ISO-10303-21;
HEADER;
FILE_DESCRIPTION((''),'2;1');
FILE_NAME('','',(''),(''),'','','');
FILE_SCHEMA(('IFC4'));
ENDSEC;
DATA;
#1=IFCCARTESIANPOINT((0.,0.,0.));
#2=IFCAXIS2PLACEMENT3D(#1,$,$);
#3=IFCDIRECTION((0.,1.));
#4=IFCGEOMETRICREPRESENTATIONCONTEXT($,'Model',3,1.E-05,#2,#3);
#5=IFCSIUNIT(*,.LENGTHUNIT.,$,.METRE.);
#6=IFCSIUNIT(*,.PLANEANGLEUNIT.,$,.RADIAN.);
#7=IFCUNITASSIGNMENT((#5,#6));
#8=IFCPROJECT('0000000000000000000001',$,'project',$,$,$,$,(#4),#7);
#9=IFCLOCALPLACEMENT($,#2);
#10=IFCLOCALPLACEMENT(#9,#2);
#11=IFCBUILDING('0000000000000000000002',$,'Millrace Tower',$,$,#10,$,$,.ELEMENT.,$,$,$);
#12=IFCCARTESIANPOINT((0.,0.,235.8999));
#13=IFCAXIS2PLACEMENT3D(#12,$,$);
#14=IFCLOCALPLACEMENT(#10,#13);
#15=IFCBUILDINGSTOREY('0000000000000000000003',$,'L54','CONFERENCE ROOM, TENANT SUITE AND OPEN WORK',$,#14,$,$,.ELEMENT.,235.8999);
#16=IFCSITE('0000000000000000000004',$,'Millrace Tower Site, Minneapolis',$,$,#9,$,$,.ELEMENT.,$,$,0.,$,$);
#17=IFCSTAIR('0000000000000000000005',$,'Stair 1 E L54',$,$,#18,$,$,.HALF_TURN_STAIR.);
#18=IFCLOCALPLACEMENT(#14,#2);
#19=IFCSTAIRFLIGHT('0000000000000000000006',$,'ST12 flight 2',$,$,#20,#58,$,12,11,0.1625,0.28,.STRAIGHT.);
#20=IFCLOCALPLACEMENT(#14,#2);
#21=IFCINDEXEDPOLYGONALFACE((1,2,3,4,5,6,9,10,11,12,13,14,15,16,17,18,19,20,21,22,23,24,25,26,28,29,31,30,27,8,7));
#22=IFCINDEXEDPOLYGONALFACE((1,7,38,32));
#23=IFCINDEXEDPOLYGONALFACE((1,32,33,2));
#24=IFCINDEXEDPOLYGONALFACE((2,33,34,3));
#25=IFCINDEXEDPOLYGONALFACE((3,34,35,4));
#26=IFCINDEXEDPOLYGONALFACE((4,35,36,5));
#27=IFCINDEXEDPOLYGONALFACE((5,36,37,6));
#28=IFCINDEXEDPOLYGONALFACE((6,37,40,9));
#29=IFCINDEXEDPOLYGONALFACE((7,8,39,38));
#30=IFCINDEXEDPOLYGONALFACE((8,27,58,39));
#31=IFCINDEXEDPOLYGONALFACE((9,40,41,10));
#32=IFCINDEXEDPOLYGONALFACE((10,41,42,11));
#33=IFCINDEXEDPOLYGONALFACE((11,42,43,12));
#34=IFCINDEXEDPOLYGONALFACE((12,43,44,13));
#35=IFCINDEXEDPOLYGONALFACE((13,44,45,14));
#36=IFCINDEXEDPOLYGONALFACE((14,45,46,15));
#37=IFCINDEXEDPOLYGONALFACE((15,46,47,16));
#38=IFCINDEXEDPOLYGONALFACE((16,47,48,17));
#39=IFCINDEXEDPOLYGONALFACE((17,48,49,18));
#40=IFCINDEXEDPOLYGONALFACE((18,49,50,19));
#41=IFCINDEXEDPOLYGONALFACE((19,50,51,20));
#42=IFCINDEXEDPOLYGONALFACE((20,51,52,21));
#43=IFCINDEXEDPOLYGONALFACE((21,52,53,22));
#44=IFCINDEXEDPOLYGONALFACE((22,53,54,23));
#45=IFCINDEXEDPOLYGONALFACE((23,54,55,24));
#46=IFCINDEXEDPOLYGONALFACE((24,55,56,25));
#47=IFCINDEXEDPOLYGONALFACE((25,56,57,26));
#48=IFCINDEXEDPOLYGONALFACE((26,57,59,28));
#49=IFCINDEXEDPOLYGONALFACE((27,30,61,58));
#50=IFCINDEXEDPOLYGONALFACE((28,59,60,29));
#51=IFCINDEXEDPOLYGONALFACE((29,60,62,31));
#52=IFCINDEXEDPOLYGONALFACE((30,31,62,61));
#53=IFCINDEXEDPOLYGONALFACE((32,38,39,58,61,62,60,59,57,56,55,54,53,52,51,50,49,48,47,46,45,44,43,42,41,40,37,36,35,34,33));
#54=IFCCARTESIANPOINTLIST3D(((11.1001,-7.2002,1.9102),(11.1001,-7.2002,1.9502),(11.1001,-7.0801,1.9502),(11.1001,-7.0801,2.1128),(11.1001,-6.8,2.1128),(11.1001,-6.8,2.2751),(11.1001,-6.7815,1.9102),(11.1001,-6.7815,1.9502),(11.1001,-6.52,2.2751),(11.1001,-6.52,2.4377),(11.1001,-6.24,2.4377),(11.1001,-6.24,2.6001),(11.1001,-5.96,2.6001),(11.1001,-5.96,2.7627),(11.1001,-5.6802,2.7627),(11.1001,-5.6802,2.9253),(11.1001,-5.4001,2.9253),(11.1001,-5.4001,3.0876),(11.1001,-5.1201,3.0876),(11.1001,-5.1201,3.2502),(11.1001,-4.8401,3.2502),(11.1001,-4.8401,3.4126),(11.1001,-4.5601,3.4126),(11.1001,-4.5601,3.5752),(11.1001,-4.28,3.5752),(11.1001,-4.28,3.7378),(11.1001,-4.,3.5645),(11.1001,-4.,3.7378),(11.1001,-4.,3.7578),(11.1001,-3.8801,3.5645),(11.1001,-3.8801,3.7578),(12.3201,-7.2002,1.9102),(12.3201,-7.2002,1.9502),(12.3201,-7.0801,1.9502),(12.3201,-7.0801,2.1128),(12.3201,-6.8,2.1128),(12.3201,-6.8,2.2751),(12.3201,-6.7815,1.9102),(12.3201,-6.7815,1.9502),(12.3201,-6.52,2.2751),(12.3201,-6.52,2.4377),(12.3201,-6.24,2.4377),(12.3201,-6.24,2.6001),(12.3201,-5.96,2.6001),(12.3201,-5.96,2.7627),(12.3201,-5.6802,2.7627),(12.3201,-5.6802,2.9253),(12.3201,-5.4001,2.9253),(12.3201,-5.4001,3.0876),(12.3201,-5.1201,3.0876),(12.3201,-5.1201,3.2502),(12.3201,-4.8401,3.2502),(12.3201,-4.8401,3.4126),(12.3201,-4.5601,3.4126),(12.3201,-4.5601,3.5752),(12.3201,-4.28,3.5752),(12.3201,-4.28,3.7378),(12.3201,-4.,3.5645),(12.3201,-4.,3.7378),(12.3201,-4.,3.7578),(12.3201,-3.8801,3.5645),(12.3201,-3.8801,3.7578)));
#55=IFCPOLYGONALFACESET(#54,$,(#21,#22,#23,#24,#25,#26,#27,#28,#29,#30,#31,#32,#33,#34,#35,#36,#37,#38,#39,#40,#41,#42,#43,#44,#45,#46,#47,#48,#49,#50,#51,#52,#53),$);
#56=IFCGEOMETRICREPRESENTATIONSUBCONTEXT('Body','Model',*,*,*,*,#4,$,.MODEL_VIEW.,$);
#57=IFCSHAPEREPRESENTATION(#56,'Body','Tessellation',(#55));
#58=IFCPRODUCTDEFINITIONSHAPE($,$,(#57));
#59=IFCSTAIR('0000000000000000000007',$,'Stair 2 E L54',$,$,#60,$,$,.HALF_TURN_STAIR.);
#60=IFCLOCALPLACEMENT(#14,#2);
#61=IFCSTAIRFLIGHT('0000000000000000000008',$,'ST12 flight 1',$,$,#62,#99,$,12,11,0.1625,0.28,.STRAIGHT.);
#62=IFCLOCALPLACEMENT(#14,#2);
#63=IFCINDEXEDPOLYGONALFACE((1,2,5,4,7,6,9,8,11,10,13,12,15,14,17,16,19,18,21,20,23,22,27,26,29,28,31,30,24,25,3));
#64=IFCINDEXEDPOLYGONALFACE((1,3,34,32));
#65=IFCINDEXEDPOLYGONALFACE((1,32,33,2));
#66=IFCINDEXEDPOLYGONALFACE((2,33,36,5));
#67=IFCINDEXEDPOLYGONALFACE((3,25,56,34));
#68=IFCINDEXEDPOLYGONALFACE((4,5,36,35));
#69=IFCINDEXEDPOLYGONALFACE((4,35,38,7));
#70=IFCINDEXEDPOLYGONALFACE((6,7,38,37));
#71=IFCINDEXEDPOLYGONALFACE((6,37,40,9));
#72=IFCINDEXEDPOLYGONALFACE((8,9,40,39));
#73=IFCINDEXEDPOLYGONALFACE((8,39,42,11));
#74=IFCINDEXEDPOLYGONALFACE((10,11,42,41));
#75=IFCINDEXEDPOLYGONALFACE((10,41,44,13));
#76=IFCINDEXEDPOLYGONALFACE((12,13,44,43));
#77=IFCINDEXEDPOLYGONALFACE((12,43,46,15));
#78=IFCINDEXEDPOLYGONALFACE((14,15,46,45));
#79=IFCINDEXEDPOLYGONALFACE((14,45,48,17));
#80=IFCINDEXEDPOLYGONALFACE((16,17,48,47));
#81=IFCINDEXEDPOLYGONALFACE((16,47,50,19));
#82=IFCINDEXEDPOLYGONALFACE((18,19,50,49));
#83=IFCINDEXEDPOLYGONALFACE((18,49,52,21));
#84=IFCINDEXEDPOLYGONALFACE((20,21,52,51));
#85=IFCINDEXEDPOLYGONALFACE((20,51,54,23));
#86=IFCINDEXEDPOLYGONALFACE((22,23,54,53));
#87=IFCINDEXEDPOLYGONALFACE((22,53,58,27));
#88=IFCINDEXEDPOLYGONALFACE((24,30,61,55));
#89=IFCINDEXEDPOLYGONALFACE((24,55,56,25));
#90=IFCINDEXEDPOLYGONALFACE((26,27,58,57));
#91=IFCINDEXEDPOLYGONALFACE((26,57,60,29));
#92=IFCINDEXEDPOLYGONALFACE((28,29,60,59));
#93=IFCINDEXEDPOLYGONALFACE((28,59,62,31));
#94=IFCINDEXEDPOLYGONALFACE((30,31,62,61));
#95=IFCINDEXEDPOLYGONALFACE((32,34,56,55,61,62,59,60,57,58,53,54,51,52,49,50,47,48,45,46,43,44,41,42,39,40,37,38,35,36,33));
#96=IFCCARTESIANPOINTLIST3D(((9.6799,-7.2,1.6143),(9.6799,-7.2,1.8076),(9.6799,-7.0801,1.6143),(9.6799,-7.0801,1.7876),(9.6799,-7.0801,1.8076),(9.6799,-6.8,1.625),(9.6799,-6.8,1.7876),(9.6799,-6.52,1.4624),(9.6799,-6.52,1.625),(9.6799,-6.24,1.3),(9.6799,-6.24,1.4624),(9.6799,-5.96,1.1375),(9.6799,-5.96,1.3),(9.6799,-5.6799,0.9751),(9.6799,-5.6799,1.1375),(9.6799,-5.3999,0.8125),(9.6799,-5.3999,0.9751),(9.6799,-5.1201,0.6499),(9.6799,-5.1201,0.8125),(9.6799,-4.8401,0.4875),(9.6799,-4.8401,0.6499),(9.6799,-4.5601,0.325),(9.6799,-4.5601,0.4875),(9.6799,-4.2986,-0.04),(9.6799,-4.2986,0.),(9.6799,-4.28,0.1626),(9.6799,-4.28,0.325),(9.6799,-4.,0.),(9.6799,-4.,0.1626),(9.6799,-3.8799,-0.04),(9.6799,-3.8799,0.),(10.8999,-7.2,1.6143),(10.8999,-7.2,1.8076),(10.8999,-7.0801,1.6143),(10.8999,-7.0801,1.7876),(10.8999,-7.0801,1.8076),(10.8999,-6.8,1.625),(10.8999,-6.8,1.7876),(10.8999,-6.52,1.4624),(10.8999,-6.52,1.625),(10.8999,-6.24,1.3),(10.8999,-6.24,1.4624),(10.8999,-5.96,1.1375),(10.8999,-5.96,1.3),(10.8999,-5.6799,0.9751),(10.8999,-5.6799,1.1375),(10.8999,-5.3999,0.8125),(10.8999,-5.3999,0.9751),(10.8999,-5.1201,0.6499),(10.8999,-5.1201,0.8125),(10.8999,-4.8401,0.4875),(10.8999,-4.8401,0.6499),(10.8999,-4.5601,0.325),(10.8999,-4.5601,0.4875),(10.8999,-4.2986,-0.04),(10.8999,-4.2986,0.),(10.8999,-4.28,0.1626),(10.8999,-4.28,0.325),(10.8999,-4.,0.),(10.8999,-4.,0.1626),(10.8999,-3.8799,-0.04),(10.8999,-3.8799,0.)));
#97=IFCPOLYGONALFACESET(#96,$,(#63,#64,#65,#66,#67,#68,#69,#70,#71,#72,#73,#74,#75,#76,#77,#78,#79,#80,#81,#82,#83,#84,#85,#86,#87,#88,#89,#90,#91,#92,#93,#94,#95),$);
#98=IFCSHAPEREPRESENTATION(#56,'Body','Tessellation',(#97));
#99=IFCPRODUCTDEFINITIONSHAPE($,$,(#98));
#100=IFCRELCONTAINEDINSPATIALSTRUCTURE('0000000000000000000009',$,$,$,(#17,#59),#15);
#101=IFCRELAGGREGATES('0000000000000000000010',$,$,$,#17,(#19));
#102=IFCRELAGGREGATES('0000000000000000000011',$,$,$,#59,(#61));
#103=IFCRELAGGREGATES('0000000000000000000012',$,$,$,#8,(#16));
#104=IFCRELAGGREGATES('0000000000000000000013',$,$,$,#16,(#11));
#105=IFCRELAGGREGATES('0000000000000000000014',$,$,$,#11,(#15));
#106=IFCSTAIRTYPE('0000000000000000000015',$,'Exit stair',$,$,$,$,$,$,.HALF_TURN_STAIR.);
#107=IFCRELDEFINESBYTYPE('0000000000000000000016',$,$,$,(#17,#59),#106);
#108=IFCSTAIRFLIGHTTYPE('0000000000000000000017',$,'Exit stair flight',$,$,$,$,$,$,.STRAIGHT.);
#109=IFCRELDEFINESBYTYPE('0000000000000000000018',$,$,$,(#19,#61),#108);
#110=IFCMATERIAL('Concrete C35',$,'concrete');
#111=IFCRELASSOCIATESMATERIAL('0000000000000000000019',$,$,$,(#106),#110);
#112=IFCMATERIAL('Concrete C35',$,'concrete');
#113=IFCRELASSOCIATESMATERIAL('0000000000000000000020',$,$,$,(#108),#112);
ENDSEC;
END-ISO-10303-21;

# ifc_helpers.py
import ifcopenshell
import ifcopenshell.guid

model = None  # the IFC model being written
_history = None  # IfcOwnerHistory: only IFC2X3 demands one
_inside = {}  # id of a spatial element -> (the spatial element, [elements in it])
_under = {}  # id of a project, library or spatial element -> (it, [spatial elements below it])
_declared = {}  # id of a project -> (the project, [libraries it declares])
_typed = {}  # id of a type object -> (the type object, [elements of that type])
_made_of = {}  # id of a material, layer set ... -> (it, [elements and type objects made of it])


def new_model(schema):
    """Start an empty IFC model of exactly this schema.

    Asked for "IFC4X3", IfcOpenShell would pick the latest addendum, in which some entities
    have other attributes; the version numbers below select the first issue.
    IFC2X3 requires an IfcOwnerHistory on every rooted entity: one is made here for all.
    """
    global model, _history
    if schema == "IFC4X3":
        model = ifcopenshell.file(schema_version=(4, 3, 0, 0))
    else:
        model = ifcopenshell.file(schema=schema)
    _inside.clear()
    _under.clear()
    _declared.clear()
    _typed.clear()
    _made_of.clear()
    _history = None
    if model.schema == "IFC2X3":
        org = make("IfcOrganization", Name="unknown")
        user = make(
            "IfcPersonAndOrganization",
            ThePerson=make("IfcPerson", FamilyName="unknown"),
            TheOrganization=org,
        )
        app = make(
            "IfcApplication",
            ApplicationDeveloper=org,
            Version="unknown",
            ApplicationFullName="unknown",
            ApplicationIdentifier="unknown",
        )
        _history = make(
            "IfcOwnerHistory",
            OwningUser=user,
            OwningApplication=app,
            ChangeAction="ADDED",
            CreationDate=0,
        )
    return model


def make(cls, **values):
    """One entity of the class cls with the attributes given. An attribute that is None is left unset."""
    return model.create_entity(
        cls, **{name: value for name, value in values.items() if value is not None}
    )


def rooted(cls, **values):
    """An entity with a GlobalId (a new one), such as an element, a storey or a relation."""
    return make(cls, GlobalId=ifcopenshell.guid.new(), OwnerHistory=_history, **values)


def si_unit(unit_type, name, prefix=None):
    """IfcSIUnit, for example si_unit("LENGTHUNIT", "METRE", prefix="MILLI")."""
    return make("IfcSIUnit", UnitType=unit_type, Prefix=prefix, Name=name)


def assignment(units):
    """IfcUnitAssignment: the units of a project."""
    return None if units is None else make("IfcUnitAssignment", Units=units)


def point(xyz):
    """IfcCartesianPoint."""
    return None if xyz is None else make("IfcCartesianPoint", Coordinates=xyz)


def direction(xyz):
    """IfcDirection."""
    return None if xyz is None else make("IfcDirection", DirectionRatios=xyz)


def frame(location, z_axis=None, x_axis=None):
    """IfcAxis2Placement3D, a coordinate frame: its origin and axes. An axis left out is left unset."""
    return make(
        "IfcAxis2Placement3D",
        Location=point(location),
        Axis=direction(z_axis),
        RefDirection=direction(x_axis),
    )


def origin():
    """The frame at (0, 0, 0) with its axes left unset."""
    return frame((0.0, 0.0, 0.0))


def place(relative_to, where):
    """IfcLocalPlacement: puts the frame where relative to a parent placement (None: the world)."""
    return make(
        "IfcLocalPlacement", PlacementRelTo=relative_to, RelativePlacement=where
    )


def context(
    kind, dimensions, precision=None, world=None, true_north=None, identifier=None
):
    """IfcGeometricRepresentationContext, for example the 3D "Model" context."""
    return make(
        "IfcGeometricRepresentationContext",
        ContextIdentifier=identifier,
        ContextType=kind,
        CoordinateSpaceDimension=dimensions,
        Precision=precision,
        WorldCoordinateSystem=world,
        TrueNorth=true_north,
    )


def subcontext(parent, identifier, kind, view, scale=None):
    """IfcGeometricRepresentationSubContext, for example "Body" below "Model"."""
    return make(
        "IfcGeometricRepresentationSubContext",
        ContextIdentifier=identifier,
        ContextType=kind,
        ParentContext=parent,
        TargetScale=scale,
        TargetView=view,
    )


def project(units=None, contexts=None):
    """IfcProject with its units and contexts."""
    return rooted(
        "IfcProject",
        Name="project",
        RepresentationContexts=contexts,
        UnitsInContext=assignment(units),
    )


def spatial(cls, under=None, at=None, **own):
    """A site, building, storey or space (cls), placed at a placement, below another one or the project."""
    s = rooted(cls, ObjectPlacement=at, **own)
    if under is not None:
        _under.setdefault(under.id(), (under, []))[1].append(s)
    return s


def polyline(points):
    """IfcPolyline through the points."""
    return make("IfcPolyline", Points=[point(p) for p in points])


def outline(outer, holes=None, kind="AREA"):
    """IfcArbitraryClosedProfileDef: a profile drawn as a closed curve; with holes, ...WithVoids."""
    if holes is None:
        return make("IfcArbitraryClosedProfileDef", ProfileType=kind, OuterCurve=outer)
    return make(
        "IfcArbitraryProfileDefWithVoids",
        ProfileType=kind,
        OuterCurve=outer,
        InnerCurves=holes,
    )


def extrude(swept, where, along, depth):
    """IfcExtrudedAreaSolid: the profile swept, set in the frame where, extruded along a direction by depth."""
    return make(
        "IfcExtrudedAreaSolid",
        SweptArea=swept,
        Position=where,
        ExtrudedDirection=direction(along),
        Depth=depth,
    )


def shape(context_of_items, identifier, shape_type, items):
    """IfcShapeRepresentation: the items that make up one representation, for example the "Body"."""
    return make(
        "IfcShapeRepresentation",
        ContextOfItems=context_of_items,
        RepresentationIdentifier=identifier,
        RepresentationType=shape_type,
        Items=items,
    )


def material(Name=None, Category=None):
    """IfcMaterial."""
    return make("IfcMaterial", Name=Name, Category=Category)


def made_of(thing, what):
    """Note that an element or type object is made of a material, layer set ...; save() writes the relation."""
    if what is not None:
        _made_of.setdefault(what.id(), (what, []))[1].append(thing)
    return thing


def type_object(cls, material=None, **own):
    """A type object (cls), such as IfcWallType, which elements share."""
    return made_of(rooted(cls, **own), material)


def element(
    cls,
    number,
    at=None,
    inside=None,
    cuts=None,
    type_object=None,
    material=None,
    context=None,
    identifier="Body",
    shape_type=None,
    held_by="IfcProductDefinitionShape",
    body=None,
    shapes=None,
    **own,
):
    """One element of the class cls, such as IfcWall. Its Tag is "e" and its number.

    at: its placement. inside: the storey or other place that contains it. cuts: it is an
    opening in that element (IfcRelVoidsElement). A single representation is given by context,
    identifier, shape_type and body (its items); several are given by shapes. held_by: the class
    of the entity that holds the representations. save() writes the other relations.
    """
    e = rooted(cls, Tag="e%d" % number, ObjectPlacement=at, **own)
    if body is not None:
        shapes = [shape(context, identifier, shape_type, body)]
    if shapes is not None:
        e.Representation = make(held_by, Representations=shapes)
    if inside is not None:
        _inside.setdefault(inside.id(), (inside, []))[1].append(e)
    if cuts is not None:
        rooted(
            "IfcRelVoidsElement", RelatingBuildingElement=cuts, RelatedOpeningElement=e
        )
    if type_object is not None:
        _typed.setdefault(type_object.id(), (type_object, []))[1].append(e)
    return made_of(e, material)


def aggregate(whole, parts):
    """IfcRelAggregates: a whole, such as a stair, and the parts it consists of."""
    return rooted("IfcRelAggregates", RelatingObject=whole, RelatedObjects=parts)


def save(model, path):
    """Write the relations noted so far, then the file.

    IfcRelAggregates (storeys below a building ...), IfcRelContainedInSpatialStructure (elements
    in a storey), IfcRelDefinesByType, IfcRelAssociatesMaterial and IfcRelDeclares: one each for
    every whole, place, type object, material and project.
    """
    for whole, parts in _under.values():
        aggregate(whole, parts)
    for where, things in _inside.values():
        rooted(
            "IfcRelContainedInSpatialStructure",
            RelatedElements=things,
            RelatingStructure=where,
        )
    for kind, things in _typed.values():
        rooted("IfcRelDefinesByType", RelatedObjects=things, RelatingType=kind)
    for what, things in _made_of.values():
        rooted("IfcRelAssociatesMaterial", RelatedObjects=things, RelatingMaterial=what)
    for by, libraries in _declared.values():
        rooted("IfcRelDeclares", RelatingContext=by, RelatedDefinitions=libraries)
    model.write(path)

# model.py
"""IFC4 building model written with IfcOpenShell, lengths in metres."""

from ifc_helpers import new_model, si_unit, direction, frame, origin, place, context, subcontext, project, spatial, polyline, outline, extrude, material, type_object, element, aggregate, save


model = new_model("IFC4")

# Units and contexts
model_context = context("Model", 3, precision=1e-05, world=origin(), true_north=direction((0.0, 1.0)))
body_context = subcontext(model_context, "Body", "Model", "MODEL_VIEW")
ifc_project = project(units=[si_unit("LENGTHUNIT", "METRE"), si_unit("PLANEANGLEUNIT", "RADIAN")], contexts=[model_context])

# Site, building, storey
site_placement = place(None, origin())
site = spatial("IfcSite", under=ifc_project, at=site_placement, Name="Millrace Tower Site, Minneapolis", CompositionType="ELEMENT", RefElevation=0.0)
building_placement = place(site_placement, origin())
building = spatial("IfcBuilding", under=site, at=building_placement, Name="Millrace Tower", CompositionType="ELEMENT")
storey_placement = place(building_placement, frame((0.0, 0.0, 235.8999)))
storey = spatial("IfcBuildingStorey", under=building, at=storey_placement, Name="L54", Description="CONFERENCE ROOM, TENANT SUITE AND OPEN WORK", CompositionType="ELEMENT", Elevation=235.8999)

# Shared definitions
placement = place(storey_placement, origin())

# Stair, stair flight
ifc_material_1 = material(Name="Concrete C35", Category="concrete")
stair_type = type_object("IfcStairType", Name="Exit stair", PredefinedType="HALF_TURN_STAIR", material=ifc_material_1)
stair_1 = element("IfcStair", 1, at=placement, inside=storey, type_object=stair_type, Name="Stair 1 E L54", PredefinedType="HALF_TURN_STAIR")
ifc_material_2 = material(Name="Concrete C35", Category="concrete")
stair_flight_type = type_object("IfcStairFlightType", Name="Exit stair flight", PredefinedType="STRAIGHT", material=ifc_material_2)
stair_flight_1_placement = place(storey_placement, frame((11.71, -7.0801, 1.9502), z_axis=(0.0, 0.0, 1.0), x_axis=(0.0, 1.0, 0.0)))
stair_flight_1 = element("IfcStairFlight", 2, at=stair_flight_1_placement, type_object=stair_flight_type, Name="ST12 flight 2", NumberOfRisers=12, NumberOfTreads=11, PredefinedType="STRAIGHT", RiserHeight=0.1625, TreadLength=0.28, context=body_context, shape_type="SweptSolid", body=[
    extrude(outline(polyline([(-0.1201, -0.04), (-0.1201, 0.0), (0.0, 0.0), (0.0, 0.1626), (0.28, 0.1626), (0.28, 0.325), (0.5601, 0.325), (0.5601, 0.4875), (0.8401, 0.4875), (0.8401, 0.6499), (1.1201, 0.6499), (1.1201, 0.8125), (1.3999, 0.8125), (1.3999, 0.9751), (1.6799, 0.9751), (1.6799, 1.1375), (1.96, 1.1375), (1.96, 1.3), (2.24, 1.3), (2.24, 1.4624), (2.52, 1.4624), (2.52, 1.625), (2.8, 1.625), (2.8, 1.7876), (3.0801, 1.7876), (3.0801, 1.8076), (3.2, 1.8076), (3.2, 1.6143), (3.0801, 1.6143), (0.2986, 0.0), (0.2986, -0.04), (-0.1201, -0.04)])), frame((0.0, 0.6099, 0.0), z_axis=(0.0, -1.0, 0.0), x_axis=(1.0, 0.0, 0.0)), (0.0, 0.0, 1.0), 1.22),
])
aggregate(stair_1, [stair_flight_1])

# Stair, stair flight
stair_2 = element("IfcStair", 3, at=placement, inside=storey, type_object=stair_type, Name="Stair 2 E L54", PredefinedType="HALF_TURN_STAIR")
stair_flight_2_placement = place(storey_placement, frame((10.29, -4.0, 0.0), z_axis=(0.0, 0.0, 1.0), x_axis=(0.0, -1.0, 0.0)))
stair_flight_2 = element("IfcStairFlight", 4, at=stair_flight_2_placement, type_object=stair_flight_type, Name="ST12 flight 1", NumberOfRisers=12, NumberOfTreads=11, PredefinedType="STRAIGHT", RiserHeight=0.1625, TreadLength=0.28, context=body_context, shape_type="SweptSolid", body=[
    extrude(outline(polyline([(-0.1201, -0.04), (-0.1201, 0.0), (0.0, 0.0), (0.0, 0.1626), (0.28, 0.1626), (0.28, 0.325), (0.5601, 0.325), (0.5601, 0.4875), (0.8401, 0.4875), (0.8401, 0.6499), (1.1201, 0.6499), (1.1201, 0.8125), (1.3999, 0.8125), (1.3999, 0.9751), (1.6799, 0.9751), (1.6799, 1.1375), (1.96, 1.1375), (1.96, 1.3), (2.24, 1.3), (2.24, 1.4624), (2.52, 1.4624), (2.52, 1.625), (2.8, 1.625), (2.8, 1.7876), (3.0801, 1.7876), (3.0801, 1.8076), (3.2, 1.8076), (3.2, 1.6143), (3.0801, 1.6143), (0.2986, 0.0), (0.2986, -0.04), (-0.1201, -0.04)])), frame((0.0, 0.6099, 0.0), z_axis=(0.0, -1.0, 0.0), x_axis=(1.0, 0.0, 0.0)), (0.0, 0.0, 1.0), 1.22),
])
aggregate(stair_2, [stair_flight_2])

save(model, "model.ifc")
